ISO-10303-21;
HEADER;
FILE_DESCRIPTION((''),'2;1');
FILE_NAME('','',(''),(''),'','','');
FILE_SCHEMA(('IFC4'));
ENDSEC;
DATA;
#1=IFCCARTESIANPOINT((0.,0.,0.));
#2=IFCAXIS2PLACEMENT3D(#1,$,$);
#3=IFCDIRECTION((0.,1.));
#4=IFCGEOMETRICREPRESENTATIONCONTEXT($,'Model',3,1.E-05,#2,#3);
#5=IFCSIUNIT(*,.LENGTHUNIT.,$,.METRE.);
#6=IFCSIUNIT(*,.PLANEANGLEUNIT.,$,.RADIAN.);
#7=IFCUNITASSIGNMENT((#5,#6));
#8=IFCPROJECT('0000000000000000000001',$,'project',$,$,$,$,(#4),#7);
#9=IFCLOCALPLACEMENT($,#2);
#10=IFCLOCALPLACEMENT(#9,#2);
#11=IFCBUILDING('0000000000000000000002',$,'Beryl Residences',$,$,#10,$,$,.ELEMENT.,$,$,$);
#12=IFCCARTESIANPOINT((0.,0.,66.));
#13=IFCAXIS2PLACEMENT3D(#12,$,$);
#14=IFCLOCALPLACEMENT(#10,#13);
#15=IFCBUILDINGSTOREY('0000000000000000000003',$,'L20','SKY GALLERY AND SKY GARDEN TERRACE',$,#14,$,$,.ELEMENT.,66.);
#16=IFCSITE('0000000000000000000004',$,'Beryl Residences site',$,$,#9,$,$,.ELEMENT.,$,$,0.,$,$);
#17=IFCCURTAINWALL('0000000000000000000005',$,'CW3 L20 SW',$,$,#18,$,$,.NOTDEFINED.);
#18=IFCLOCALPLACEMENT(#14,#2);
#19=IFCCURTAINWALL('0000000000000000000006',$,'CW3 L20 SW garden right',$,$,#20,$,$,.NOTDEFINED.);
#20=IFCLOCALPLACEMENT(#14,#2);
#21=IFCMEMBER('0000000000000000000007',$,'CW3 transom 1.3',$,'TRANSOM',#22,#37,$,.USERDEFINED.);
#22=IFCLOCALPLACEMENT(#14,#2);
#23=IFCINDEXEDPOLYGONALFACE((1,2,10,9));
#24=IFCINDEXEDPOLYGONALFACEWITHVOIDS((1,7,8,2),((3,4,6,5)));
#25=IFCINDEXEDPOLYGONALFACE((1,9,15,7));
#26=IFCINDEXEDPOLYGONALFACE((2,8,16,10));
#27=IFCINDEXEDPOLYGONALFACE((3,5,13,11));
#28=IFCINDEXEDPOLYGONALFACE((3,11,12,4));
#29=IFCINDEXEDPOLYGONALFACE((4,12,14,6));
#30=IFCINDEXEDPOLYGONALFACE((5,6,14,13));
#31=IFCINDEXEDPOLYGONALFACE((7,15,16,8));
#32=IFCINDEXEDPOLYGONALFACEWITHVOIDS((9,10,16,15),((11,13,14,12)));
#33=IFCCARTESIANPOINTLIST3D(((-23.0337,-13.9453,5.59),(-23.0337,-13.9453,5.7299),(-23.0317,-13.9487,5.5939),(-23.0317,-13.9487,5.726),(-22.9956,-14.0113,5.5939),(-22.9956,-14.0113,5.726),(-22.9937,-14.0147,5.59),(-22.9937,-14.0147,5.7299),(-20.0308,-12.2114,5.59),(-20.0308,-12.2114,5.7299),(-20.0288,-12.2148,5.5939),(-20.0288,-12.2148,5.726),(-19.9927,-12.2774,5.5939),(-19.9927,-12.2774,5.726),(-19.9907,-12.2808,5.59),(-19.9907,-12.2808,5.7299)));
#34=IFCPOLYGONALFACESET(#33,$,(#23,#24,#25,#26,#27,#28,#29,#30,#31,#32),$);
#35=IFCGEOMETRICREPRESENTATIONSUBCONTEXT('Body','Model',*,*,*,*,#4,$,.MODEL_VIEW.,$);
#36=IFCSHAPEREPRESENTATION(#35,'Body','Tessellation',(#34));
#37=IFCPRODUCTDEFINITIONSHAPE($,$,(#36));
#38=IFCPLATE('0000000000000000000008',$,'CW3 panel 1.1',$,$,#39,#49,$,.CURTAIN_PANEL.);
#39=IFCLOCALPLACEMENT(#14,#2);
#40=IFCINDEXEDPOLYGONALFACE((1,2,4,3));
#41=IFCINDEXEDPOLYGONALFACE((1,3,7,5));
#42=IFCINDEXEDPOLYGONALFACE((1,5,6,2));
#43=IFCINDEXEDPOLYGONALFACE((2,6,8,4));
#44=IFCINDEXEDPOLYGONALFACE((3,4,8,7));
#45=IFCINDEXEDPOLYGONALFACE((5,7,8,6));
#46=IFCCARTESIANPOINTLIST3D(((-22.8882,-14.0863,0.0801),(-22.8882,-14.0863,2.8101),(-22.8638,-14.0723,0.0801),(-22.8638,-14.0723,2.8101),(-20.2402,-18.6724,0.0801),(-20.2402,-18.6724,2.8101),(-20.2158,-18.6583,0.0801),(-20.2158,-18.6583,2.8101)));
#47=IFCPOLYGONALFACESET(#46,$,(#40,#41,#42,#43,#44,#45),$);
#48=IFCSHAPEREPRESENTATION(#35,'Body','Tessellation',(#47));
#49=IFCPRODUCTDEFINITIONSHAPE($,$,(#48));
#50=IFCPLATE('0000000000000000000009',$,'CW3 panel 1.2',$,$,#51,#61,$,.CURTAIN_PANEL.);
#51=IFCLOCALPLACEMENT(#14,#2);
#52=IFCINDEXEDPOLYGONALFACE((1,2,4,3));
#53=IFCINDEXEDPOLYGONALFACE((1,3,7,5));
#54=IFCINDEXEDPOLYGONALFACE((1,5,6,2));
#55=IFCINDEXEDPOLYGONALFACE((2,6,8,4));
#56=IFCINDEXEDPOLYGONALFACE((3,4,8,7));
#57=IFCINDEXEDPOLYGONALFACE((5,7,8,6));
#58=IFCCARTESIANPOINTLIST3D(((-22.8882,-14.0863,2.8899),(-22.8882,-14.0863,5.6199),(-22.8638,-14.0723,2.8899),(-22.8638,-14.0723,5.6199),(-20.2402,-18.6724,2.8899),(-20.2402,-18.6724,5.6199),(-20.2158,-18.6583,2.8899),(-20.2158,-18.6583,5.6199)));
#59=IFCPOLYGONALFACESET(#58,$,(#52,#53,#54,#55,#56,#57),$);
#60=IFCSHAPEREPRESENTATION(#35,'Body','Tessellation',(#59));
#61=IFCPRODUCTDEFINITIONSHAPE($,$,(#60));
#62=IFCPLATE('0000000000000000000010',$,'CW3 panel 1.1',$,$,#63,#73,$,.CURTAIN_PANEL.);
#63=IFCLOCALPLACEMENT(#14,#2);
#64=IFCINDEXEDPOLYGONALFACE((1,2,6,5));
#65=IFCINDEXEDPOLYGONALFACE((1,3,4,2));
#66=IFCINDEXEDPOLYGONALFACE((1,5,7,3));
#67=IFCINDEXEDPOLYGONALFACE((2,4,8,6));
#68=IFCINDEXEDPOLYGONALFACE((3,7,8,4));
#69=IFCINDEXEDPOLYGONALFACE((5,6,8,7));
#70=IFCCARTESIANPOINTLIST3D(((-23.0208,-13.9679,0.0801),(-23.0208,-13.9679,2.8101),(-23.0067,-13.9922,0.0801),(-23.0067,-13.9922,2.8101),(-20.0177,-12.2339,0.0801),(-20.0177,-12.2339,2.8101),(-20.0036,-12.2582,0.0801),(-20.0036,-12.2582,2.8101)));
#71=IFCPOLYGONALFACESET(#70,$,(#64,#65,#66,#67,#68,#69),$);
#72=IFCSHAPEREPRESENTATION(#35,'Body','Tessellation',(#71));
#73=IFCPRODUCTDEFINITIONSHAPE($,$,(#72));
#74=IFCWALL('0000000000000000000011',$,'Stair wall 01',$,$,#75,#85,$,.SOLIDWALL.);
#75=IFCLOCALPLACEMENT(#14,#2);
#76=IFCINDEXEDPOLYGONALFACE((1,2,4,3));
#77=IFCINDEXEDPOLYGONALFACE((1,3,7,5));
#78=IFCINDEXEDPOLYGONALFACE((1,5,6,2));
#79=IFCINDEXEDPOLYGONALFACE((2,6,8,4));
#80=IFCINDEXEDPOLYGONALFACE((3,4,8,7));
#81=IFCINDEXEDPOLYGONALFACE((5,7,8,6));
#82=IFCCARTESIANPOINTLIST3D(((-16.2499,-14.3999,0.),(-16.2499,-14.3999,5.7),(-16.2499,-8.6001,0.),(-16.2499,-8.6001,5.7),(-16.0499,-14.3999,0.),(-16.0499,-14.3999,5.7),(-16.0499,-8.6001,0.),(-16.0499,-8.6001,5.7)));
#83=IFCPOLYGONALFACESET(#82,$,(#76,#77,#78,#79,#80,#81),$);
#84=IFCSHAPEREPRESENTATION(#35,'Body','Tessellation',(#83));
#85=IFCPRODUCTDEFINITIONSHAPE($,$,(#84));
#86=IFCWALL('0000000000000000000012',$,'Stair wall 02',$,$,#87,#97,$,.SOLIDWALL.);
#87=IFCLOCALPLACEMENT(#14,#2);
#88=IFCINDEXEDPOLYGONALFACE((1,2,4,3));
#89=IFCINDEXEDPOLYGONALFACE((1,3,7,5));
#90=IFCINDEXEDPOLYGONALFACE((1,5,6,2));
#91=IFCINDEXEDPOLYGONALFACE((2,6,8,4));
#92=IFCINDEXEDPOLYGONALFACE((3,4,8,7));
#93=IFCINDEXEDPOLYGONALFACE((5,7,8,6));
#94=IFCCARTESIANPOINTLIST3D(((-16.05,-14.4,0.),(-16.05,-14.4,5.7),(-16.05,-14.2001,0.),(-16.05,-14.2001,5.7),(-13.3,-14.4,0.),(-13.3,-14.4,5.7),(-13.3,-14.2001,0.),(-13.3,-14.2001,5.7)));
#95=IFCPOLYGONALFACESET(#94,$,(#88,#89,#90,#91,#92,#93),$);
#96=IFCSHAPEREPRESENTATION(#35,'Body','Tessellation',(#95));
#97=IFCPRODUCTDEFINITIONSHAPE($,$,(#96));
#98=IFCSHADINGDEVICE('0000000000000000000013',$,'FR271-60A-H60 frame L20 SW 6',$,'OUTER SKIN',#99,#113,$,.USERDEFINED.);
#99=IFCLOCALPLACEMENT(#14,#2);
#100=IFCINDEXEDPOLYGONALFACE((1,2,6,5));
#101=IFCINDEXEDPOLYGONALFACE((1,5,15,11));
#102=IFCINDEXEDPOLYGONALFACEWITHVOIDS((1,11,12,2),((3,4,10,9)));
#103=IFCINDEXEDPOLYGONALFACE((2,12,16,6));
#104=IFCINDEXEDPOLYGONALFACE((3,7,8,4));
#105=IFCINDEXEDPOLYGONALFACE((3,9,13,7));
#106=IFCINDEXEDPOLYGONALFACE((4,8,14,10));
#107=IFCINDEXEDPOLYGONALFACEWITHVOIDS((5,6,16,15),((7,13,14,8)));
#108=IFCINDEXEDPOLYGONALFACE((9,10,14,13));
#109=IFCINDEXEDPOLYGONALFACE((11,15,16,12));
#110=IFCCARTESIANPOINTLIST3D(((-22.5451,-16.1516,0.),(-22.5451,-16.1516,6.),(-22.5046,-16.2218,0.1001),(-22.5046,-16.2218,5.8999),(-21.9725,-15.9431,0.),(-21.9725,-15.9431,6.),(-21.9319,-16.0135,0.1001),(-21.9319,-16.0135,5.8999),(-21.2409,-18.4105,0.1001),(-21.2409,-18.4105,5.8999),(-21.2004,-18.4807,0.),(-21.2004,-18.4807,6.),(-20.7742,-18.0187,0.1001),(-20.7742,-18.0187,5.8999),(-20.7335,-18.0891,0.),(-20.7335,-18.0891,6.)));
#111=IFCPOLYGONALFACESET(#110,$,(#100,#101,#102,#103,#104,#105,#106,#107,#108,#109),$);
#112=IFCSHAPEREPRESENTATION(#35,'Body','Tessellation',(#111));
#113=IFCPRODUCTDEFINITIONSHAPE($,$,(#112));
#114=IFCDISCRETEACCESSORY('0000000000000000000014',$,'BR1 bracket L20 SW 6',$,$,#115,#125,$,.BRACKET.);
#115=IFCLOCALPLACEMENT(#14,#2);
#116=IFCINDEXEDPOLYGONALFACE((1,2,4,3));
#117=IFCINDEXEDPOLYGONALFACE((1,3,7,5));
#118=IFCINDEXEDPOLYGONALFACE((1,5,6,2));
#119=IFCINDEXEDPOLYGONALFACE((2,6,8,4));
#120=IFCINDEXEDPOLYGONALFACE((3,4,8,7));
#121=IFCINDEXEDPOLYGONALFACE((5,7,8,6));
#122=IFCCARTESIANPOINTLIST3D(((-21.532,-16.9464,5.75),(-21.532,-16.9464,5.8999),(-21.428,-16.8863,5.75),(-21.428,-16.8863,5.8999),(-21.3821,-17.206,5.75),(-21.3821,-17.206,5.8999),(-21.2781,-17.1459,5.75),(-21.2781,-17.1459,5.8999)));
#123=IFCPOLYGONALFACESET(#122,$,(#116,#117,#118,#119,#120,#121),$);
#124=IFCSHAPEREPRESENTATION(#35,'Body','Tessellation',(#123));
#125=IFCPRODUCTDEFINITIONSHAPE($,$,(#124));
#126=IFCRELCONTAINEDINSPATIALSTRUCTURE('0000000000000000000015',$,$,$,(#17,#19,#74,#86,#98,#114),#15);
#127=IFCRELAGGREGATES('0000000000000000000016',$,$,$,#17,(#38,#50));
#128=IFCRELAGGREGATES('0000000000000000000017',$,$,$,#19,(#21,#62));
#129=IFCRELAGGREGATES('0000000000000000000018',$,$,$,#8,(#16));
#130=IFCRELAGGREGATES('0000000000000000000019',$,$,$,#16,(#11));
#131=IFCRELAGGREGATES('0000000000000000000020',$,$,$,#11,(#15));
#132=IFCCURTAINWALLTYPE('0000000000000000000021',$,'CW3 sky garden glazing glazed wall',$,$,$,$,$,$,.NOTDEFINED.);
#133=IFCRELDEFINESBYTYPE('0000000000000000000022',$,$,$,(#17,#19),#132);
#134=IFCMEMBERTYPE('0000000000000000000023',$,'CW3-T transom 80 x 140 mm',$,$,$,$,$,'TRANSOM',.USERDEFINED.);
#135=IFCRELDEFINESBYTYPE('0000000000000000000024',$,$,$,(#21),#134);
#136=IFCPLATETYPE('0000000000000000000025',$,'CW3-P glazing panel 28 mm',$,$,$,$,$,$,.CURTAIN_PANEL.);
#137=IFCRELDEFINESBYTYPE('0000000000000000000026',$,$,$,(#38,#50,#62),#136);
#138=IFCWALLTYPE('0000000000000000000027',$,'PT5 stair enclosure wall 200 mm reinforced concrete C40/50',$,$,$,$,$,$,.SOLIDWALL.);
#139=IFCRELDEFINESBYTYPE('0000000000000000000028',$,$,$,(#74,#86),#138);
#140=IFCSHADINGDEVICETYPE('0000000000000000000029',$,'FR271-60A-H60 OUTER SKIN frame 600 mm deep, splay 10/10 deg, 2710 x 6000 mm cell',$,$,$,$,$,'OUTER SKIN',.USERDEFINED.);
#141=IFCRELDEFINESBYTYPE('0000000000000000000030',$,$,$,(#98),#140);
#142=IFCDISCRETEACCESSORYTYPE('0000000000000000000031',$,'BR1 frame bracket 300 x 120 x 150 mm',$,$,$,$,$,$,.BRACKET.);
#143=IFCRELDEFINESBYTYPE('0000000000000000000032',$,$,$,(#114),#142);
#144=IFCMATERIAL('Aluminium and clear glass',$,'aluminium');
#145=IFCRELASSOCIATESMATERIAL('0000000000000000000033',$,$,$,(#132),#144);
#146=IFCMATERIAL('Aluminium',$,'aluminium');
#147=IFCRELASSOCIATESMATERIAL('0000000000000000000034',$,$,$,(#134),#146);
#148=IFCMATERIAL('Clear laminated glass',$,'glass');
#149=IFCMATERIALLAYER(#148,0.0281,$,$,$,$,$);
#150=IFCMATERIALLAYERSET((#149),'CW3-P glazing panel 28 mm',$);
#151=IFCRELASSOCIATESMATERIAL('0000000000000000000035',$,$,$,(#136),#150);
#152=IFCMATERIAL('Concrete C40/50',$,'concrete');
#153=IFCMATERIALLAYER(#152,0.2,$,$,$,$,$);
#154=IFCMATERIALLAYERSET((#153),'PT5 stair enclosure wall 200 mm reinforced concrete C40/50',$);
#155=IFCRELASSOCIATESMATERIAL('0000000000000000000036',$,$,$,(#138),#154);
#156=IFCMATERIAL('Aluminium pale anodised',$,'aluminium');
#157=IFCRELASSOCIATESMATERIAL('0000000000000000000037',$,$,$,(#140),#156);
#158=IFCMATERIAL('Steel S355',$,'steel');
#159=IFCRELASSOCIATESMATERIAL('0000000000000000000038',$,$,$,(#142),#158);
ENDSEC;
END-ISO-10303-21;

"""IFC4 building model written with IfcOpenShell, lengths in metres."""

from ifc_helpers import new_model, entity, si_unit, direction, frame, frame_2d, origin, origin_2d, place, context, subcontext, project, spatial, polyline, rectangle, hollow_rectangle, outline, extrude, source, transform, mapped, material, layer, layer_set, material_profile, profile_set, type_object, type_shapes, element, aggregate, save


model = new_model("IFC4")

# Units and contexts
model_context = context("Model", 3, precision=1e-05, world=origin(), true_north=direction((0.0, 1.0)))
body_context = subcontext(model_context, "Body", "Model", "MODEL_VIEW")
ifc_project = project(units=[si_unit("LENGTHUNIT", "METRE"), si_unit("PLANEANGLEUNIT", "RADIAN")], contexts=[model_context])

# Site, building, storey
site_placement = place(None, origin())
site = spatial("IfcSite", under=ifc_project, at=site_placement, Name="Beryl Residences site", CompositionType="ELEMENT", RefElevation=0.0)
building_placement = place(site_placement, origin())
building = spatial("IfcBuilding", under=site, at=building_placement, Name="Beryl Residences", CompositionType="ELEMENT")
storey_placement = place(building_placement, frame((0.0, 0.0, 66.0)))
storey = spatial("IfcBuildingStorey", under=building, at=storey_placement, Name="L20", Description="SKY GALLERY AND SKY GARDEN TERRACE", CompositionType="ELEMENT", Elevation=66.0)

# Curtain wall
ifc_material_1 = material(Name="Aluminium and clear glass", Category="aluminium")
curtain_wall_type = type_object("IfcCurtainWallType", Name="CW3 sky garden glazing glazed wall", PredefinedType="NOTDEFINED", material=ifc_material_1)
curtain_wall_1_placement = place(storey_placement, origin())
curtain_wall_1 = element("IfcCurtainWall", 1, at=curtain_wall_1_placement, inside=storey, type_object=curtain_wall_type, Name="CW3 L20 SW", PredefinedType="NOTDEFINED")

# Curtain wall
curtain_wall_2_placement = place(storey_placement, origin())
curtain_wall_2 = element("IfcCurtainWall", 2, at=curtain_wall_2_placement, inside=storey, type_object=curtain_wall_type, Name="CW3 L20 SW garden right", PredefinedType="NOTDEFINED")

# Member
ifc_material_2 = material(Name="Aluminium", Category="aluminium")
ifc_material_profile_1 = material_profile(ifc_material_2, hollow_rectangle(XDim=0.0801, YDim=0.1399, WallThickness=0.0039, at=origin_2d()))
ifc_profile_set_1 = profile_set([ifc_material_profile_1], Name="Aluminium")
member_type_1 = type_object("IfcMemberType", Name="CW3-T transom 80 x 140 mm", ElementType="TRANSOM", PredefinedType="USERDEFINED", material=ifc_profile_set_1)
member_1_placement = place(storey_placement, frame((-23.0137, -13.98, 5.6599), z_axis=(0.866007, 0.500031, 0.0), x_axis=(-0.500031, 0.866007, 0.0)))
member_1 = element("IfcMember", 3, at=member_1_placement, type_object=member_type_1, Name="CW3 transom 1.3", ObjectType="TRANSOM", PredefinedType="USERDEFINED", context=body_context, shape_type="SweptSolid", body=[
    extrude(hollow_rectangle(XDim=0.0801, YDim=0.1399, WallThickness=0.0039, at=origin_2d()), origin(), (0.0, 0.0, 1.0), 3.4675),
])

# Plates
ifc_material_3 = material(Name="Clear laminated glass", Category="glass")
ifc_layer_1 = layer(ifc_material_3, 0.0281)
ifc_layer_set_1 = layer_set([ifc_layer_1], Name="CW3-P glazing panel 28 mm")
plate_type = type_object("IfcPlateType", Name="CW3-P glazing panel 28 mm", PredefinedType="CURTAIN_PANEL", material=ifc_layer_set_1)
plate_1_placement = place(storey_placement, frame((-21.552, -16.3723, 0.0801), z_axis=(0.0, 0.0, 1.0), x_axis=(0.500031, -0.866007, 0.0)))
plate_1 = element("IfcPlate", 4, at=plate_1_placement, type_object=plate_type, Name="CW3 panel 1.1", PredefinedType="CURTAIN_PANEL", context=body_context, shape_type="SweptSolid", body=[
    extrude(rectangle(XDim=5.2957, YDim=0.0281, at=origin_2d()), origin(), (0.0, 0.0, 1.0), 2.73),
])
plate_2_placement = place(storey_placement, frame((-21.552, -16.3723, 2.8899), z_axis=(0.0, 0.0, 1.0), x_axis=(0.500031, -0.866007, 0.0)))
plate_2 = element("IfcPlate", 5, at=plate_2_placement, type_object=plate_type, Name="CW3 panel 1.2", PredefinedType="CURTAIN_PANEL", context=body_context, shape_type="SweptSolid", body=[
    extrude(rectangle(XDim=5.2957, YDim=0.0281, at=origin_2d()), origin(), (0.0, 0.0, 1.0), 2.73),
])
aggregate(curtain_wall_1, [plate_1, plate_2])
plate_3_placement = place(storey_placement, frame((-21.5122, -13.113, 0.0801), z_axis=(0.0, 0.0, 1.0), x_axis=(0.866005, 0.500036, 0.0)))
plate_3 = element("IfcPlate", 6, at=plate_3_placement, type_object=plate_type, Name="CW3 panel 1.1", PredefinedType="CURTAIN_PANEL", context=body_context, shape_type="SweptSolid", body=[
    extrude(rectangle(XDim=3.4678, YDim=0.0281, at=origin_2d()), origin(), (0.0, 0.0, 1.0), 2.73),
])
aggregate(curtain_wall_2, [member_1, plate_3])

# Walls
ifc_material_4 = material(Name="Concrete C40/50", Category="concrete")
ifc_layer_2 = layer(ifc_material_4, 0.2)
ifc_layer_set_2 = layer_set([ifc_layer_2], Name="PT5 stair enclosure wall 200 mm reinforced concrete C40/50")
wall_type = type_object("IfcWallType", Name="PT5 stair enclosure wall 200 mm reinforced concrete C40/50", PredefinedType="SOLIDWALL", material=ifc_layer_set_2)
wall_1_placement = place(storey_placement, frame((-16.1499, -14.3999, 0.0), z_axis=(0.0, 0.0, 1.0), x_axis=(0.0, 1.0, 0.0)))
element("IfcWall", 7, at=wall_1_placement, inside=storey, type_object=wall_type, Name="Stair wall 01", PredefinedType="SOLIDWALL", context=body_context, shape_type="SweptSolid", body=[
    extrude(rectangle(XDim=5.7998, YDim=0.2, at=frame_2d((2.8999, 0.0))), origin(), (0.0, 0.0, 1.0), 5.7),
])
wall_2_placement = place(storey_placement, frame((-16.05, -14.3, 0.0), z_axis=(0.0, 0.0, 1.0), x_axis=(1.0, 0.0, 0.0)))
element("IfcWall", 8, at=wall_2_placement, inside=storey, type_object=wall_type, Name="Stair wall 02", PredefinedType="SOLIDWALL", context=body_context, shape_type="SweptSolid", body=[
    extrude(rectangle(XDim=2.75, YDim=0.2, at=frame_2d((1.375, 0.0))), origin(), (0.0, 0.0, 1.0), 5.7),
])

# Shading device
ifc_material_5 = material(Name="Aluminium pale anodised", Category="aluminium")
shading_device_type = type_object("IfcShadingDeviceType", Name="FR271-60A-H60 OUTER SKIN frame 600 mm deep, splay 10/10 deg, 2710 x 6000 mm cell", ElementType="OUTER SKIN", PredefinedType="USERDEFINED", material=ifc_material_5)
cartesian_point_1 = entity("IfcCartesianPoint", [-1.239, 0.0])
cartesian_point_2 = entity("IfcCartesianPoint", [-1.1577, 0.1001])
cartesian_point_3 = entity("IfcCartesianPoint", [-1.3447, 0.0])
cartesian_point_4 = entity("IfcCartesianPoint", [-1.2637, 0.1001])
shared_shape_1 = source(origin(), body_context, "Body", "SweptSolid", [
    entity("IfcExtrudedAreaSolidTapered", entity("IfcArbitraryProfileDefWithVoids", "AREA", None, entity("IfcPolyline", [cartesian_point_1, entity("IfcCartesianPoint", [1.239, 0.0]), entity("IfcCartesianPoint", [1.239, 6.0]), entity("IfcCartesianPoint", [-1.239, 6.0]), cartesian_point_1]), [entity("IfcPolyline", [cartesian_point_2, entity("IfcCartesianPoint", [1.1577, 0.1001]), entity("IfcCartesianPoint", [1.1577, 5.8999]), entity("IfcCartesianPoint", [-1.1577, 5.8999]), cartesian_point_2])]), entity("IfcAxis2Placement3D", entity("IfcCartesianPoint", [0.0, 0.0, 0.0]), entity("IfcDirection", [0.0, 1.0, 0.0]), entity("IfcDirection", [-1.0, 0.0, 0.0])), entity("IfcDirection", [0.0, 0.0, 1.0]), 0.6001, entity("IfcArbitraryProfileDefWithVoids", "AREA", None, entity("IfcPolyline", [cartesian_point_3, entity("IfcCartesianPoint", [1.3447, 0.0]), entity("IfcCartesianPoint", [1.3447, 6.0]), entity("IfcCartesianPoint", [-1.3447, 6.0]), cartesian_point_3]), [entity("IfcPolyline", [cartesian_point_4, entity("IfcCartesianPoint", [1.2637, 0.1001]), entity("IfcCartesianPoint", [1.2637, 5.8999]), entity("IfcCartesianPoint", [-1.2637, 5.8999]), cartesian_point_4])])),
])
type_shapes(shading_device_type, [shared_shape_1])
shading_device_placement = place(storey_placement, frame((-21.353, -17.0161, 0.0), z_axis=(0.0, 0.0, 1.0), x_axis=(-0.5, 0.866025, 0.0)))
element("IfcShadingDevice", 9, at=shading_device_placement, inside=storey, type_object=shading_device_type, Name="FR271-60A-H60 frame L20 SW 6", ObjectType="OUTER SKIN", PredefinedType="USERDEFINED", context=body_context, shape_type="MappedRepresentation", body=[
    mapped(shared_shape_1, transform((0.0, 0.0, 0.0))),
])

# Discrete accessory
ifc_material_6 = material(Name="Steel S355", Category="steel")
discrete_accessory_type = type_object("IfcDiscreteAccessoryType", Name="BR1 frame bracket 300 x 120 x 150 mm", PredefinedType="BRACKET", material=ifc_material_6)
shared_shape_2 = source(origin(), body_context, "Body", "SweptSolid", [
    extrude(outline(polyline([(-0.1499, 0.0), (0.1499, 0.0), (0.1499, 0.1201), (-0.1499, 0.1201), (-0.1499, 0.0)])), origin(), (0.0, 0.0, 1.0), 0.1499),
])
type_shapes(discrete_accessory_type, [shared_shape_2])
discrete_accessory_placement = place(storey_placement, frame((-21.353, -17.0161, 5.75), z_axis=(0.0, 0.0, 1.0), x_axis=(-0.5, 0.866025, 0.0)))
element("IfcDiscreteAccessory", 10, at=discrete_accessory_placement, inside=storey, type_object=discrete_accessory_type, Name="BR1 bracket L20 SW 6", PredefinedType="BRACKET", context=body_context, shape_type="MappedRepresentation", body=[
    mapped(shared_shape_2, transform((0.0, 0.0, 0.0))),
])

save(model, "model.ifc")
